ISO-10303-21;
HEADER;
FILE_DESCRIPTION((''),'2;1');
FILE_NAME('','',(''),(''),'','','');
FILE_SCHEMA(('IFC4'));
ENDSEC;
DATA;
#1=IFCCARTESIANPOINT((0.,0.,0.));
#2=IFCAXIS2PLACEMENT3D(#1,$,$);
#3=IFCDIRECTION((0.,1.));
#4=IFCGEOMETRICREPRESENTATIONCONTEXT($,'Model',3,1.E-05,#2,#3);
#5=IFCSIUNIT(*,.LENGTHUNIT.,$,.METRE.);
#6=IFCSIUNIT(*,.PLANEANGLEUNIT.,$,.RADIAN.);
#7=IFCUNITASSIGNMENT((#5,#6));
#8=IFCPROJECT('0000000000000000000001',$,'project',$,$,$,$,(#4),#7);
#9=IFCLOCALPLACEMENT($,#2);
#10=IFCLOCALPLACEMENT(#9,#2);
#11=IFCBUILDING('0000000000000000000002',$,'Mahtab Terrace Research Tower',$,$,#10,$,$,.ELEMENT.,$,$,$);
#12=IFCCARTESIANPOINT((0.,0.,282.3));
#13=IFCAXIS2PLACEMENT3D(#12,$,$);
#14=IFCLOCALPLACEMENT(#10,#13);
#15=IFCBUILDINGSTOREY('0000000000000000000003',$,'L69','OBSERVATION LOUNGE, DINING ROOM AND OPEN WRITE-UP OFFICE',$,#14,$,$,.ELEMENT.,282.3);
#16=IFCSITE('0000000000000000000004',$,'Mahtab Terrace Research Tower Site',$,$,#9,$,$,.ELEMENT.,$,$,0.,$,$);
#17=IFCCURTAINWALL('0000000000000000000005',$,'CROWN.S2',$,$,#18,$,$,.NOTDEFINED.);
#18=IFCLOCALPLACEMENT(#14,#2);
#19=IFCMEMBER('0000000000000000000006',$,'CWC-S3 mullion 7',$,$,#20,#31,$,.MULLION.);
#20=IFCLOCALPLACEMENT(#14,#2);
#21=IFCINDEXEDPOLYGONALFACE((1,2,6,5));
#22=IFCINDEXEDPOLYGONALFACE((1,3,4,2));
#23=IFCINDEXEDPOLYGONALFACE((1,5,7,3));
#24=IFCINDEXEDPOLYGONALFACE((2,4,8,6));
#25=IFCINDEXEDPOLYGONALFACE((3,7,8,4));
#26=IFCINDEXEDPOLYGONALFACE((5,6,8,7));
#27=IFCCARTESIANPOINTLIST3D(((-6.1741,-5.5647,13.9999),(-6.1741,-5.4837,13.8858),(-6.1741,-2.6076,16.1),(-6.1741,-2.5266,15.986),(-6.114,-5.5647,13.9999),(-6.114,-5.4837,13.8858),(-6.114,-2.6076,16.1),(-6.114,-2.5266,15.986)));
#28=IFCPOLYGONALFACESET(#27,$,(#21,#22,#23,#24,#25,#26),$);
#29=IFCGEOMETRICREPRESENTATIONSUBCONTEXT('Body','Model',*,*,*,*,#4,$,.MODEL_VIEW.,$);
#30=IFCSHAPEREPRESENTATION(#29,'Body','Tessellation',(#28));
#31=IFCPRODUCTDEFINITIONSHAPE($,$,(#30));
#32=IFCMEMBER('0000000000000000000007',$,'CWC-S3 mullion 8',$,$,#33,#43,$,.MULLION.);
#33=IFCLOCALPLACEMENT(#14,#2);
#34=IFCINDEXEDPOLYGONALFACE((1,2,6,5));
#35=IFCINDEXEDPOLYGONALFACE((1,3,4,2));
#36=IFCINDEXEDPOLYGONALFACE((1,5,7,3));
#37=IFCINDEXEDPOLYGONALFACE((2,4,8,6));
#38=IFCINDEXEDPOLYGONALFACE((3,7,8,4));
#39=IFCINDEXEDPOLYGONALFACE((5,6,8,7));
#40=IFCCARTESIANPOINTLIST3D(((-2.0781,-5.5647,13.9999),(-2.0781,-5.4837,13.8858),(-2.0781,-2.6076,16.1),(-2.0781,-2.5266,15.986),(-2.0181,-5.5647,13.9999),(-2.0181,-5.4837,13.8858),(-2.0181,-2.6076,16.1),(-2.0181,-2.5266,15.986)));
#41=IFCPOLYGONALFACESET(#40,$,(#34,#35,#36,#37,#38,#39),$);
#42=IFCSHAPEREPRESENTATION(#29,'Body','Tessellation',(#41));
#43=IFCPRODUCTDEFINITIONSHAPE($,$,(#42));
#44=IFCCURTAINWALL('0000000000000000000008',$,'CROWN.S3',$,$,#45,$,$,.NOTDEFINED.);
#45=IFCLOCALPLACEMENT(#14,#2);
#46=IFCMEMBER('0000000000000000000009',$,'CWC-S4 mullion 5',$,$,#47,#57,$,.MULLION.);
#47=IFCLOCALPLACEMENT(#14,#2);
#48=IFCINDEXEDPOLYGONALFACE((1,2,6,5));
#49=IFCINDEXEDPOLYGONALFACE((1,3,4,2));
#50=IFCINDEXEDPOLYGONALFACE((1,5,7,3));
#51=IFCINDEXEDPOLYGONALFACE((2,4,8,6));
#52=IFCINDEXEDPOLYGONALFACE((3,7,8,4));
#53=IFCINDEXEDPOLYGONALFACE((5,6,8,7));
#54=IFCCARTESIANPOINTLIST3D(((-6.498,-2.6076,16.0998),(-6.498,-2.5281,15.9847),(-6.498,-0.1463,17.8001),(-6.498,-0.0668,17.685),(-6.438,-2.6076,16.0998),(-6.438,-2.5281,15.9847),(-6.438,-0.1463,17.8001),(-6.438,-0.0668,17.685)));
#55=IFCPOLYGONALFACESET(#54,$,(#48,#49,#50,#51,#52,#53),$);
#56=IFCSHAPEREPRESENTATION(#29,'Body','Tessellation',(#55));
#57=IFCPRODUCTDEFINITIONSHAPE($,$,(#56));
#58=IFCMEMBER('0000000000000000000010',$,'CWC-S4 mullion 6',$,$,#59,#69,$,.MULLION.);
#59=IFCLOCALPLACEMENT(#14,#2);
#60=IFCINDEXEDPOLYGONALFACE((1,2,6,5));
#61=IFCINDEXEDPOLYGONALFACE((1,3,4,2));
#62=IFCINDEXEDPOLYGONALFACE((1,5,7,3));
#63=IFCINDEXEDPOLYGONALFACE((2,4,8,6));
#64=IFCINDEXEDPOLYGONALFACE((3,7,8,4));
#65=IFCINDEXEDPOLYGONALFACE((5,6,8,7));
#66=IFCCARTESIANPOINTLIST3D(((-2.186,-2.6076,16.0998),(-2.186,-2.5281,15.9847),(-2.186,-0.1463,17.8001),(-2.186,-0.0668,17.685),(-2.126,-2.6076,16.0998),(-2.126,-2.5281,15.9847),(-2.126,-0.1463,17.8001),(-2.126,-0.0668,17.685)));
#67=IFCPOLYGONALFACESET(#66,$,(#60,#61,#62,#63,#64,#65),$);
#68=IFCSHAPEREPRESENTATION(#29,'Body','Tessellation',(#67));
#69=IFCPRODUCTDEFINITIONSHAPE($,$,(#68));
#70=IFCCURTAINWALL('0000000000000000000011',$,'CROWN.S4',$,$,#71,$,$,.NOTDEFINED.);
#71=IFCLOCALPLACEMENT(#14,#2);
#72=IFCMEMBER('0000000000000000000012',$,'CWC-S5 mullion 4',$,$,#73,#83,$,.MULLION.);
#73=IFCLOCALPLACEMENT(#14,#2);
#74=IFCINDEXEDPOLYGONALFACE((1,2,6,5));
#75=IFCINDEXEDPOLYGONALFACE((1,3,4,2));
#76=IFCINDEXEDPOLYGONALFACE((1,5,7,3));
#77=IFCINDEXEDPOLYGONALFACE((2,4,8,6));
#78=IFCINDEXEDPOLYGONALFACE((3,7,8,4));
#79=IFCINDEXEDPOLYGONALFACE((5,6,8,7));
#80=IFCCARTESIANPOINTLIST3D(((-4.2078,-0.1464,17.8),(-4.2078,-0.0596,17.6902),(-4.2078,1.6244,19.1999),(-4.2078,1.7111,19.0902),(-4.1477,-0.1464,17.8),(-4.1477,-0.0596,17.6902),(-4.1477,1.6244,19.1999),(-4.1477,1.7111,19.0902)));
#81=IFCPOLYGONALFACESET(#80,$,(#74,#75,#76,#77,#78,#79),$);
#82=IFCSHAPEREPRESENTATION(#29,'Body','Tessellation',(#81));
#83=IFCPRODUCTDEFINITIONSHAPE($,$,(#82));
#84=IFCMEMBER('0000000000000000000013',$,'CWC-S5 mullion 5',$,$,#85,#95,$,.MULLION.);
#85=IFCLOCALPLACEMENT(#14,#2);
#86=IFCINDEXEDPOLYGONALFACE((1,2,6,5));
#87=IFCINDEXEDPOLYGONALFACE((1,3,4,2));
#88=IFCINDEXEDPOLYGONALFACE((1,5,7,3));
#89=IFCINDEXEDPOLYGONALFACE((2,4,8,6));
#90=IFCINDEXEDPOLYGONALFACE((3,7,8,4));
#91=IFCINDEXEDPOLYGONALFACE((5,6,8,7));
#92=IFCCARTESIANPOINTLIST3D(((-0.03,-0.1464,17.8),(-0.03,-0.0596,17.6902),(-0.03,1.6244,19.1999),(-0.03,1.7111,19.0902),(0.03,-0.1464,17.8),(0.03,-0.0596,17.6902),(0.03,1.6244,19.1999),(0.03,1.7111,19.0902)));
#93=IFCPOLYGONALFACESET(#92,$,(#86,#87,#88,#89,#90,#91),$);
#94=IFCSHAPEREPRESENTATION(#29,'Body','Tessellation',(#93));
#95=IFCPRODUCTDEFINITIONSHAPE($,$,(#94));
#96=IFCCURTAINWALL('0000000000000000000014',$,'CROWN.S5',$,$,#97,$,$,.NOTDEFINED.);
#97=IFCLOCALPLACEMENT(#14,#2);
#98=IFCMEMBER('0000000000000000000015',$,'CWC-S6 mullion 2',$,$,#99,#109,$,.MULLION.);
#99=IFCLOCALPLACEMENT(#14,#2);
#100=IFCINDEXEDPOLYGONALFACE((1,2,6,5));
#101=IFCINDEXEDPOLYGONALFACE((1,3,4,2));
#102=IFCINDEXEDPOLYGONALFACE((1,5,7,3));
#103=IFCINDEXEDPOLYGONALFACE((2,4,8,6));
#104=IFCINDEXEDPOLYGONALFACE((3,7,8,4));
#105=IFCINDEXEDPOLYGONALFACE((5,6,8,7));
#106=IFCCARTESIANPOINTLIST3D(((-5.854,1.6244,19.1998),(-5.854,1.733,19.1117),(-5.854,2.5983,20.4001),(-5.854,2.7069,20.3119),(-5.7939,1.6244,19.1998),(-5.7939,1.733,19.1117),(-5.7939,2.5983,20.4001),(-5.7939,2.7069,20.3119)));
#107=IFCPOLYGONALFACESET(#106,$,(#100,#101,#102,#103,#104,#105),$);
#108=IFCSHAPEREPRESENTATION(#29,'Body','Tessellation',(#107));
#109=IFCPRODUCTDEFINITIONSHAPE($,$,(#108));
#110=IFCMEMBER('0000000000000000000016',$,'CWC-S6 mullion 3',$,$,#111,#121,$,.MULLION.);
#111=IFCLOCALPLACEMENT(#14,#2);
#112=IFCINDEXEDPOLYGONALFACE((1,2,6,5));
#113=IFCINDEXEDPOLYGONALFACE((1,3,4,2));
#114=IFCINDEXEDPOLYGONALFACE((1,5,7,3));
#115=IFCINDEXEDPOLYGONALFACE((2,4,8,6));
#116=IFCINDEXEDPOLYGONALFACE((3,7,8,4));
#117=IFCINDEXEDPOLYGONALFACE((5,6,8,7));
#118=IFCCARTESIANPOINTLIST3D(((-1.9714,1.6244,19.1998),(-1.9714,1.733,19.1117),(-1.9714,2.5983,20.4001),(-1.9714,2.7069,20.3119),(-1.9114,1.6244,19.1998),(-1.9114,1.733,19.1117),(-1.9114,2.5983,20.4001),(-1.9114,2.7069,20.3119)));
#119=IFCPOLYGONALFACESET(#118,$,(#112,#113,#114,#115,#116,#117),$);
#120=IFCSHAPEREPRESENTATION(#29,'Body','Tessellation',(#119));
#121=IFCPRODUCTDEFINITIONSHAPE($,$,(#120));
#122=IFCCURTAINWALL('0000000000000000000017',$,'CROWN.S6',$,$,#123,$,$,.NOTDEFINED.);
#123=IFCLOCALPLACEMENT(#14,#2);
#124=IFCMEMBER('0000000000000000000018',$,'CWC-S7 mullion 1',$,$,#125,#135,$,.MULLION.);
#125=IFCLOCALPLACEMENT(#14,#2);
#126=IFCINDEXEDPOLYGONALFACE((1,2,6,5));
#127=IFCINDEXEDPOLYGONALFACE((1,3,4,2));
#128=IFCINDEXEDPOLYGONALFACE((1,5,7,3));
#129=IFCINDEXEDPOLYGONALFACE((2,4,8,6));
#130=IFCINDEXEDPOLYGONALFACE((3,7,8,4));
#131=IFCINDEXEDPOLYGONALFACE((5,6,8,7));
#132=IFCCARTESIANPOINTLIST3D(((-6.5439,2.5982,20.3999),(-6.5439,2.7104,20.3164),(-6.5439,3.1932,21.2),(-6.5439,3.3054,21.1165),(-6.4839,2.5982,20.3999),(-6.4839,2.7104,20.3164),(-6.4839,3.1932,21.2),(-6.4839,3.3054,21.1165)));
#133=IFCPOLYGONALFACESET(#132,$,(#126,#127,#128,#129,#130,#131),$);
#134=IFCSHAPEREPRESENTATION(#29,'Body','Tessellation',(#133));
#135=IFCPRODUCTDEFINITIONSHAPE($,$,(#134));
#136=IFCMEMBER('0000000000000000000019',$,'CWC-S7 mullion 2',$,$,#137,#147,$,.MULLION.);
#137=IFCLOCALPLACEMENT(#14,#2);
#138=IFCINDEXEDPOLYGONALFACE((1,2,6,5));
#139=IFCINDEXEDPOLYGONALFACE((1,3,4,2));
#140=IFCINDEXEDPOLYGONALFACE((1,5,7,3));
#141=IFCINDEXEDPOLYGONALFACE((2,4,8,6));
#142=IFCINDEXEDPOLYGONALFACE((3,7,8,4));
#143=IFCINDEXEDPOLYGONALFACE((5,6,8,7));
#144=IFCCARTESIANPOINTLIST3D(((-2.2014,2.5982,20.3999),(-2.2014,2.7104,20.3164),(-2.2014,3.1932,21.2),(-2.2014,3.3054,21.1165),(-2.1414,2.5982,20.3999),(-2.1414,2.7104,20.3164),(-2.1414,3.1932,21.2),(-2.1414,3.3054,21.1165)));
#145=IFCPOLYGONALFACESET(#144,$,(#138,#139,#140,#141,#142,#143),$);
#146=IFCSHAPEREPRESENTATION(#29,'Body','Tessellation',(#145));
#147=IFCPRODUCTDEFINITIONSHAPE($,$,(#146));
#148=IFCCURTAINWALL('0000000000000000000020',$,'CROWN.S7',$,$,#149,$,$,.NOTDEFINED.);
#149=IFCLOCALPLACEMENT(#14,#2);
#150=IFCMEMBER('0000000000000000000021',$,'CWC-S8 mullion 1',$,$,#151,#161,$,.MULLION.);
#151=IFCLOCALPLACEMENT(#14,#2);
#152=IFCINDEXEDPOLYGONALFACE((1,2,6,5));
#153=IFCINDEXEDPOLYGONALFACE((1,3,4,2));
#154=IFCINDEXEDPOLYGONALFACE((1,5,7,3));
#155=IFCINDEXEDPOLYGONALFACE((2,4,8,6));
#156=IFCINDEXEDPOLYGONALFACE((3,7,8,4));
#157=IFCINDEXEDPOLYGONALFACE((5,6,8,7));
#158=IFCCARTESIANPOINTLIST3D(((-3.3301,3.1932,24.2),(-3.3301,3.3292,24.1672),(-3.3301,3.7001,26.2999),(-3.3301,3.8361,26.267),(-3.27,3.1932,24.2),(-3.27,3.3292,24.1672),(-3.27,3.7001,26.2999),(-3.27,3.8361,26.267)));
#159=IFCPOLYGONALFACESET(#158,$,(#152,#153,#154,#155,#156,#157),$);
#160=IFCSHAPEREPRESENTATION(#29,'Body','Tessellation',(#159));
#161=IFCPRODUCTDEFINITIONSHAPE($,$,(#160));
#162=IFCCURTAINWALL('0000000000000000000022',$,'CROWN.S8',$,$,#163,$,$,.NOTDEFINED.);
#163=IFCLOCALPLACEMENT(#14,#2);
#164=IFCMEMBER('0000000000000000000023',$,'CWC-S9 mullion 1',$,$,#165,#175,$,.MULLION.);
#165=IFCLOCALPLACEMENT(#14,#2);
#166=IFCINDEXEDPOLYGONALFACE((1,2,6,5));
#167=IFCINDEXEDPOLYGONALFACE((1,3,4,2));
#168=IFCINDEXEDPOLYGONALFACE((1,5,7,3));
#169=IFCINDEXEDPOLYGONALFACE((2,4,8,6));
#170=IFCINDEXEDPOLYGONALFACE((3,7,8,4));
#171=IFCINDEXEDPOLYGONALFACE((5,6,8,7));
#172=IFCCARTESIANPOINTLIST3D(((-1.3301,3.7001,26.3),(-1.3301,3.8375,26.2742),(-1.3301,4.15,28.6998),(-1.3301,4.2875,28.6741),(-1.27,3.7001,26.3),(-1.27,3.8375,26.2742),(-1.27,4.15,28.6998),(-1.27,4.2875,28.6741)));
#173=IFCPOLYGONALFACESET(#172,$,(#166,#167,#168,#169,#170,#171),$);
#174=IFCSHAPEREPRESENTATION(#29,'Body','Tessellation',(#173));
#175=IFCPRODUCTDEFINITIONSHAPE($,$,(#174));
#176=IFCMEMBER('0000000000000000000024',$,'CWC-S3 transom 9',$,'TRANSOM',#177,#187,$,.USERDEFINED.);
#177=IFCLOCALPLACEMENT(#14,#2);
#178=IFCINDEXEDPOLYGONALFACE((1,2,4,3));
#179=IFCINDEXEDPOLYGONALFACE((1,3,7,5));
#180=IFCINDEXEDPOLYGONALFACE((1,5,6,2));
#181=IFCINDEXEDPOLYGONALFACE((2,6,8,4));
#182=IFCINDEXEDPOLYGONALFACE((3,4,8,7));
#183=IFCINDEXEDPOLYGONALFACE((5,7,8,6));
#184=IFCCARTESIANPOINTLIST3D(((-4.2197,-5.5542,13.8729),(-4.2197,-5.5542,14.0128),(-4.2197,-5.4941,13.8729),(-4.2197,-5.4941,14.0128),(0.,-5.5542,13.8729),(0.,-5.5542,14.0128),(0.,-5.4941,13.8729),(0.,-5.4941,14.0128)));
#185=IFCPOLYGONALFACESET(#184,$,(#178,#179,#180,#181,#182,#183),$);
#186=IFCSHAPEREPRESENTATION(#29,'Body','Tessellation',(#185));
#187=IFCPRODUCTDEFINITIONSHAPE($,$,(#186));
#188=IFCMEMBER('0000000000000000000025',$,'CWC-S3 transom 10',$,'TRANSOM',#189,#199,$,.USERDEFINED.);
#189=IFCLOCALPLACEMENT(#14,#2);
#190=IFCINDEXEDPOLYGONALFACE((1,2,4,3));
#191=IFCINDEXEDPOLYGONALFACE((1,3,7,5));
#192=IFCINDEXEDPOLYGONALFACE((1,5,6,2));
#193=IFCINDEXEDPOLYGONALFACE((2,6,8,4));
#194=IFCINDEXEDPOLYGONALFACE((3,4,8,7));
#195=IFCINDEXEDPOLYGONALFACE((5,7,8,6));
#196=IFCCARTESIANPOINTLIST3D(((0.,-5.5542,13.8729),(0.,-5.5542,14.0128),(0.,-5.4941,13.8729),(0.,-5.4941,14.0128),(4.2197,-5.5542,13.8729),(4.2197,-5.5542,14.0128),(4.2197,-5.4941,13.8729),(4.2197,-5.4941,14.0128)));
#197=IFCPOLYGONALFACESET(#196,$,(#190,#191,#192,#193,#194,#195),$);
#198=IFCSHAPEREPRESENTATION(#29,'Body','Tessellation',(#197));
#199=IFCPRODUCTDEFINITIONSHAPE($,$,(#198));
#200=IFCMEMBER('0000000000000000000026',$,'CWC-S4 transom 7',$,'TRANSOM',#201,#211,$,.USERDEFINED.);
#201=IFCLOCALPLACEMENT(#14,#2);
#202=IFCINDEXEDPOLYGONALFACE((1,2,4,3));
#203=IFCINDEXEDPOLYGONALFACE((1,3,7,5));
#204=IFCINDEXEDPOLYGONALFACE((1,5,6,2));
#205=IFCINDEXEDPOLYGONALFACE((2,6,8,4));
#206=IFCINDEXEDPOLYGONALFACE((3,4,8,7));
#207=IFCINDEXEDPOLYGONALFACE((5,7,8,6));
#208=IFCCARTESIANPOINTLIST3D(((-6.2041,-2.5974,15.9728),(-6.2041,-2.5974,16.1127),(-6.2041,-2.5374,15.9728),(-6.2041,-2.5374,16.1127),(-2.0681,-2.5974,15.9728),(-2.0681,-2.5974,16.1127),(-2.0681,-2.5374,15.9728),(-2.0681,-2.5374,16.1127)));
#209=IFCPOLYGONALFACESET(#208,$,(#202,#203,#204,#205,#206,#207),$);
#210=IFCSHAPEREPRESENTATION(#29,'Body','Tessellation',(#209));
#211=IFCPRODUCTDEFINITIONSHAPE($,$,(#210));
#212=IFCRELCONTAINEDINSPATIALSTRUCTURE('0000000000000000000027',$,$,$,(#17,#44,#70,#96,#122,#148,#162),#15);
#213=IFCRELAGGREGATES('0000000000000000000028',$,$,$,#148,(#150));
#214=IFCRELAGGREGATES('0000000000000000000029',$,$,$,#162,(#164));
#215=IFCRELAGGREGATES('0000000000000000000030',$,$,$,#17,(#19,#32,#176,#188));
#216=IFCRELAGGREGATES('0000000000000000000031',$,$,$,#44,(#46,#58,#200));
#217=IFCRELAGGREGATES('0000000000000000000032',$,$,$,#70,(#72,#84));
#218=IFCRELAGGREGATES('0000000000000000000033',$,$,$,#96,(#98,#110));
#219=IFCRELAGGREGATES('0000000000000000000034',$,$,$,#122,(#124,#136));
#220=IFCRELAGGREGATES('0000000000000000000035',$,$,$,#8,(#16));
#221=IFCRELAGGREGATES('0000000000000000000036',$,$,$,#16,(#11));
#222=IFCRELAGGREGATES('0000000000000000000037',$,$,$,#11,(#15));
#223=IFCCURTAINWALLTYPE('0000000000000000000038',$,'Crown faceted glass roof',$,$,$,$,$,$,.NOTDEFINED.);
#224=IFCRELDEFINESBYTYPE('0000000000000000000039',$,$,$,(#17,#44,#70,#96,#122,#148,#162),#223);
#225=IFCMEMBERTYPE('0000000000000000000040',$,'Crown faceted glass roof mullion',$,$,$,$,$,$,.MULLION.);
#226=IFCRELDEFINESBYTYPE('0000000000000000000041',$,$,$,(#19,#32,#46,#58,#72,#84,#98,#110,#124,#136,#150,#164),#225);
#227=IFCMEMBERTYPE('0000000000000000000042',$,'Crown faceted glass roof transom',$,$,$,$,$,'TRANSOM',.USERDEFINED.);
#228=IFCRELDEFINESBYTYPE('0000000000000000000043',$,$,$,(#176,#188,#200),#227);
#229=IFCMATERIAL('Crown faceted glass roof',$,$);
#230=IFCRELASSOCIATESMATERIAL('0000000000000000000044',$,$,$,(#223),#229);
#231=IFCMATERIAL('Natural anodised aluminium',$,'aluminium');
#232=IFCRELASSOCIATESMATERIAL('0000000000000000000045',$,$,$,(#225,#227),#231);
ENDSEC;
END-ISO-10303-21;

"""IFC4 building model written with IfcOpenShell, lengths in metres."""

from ifc_helpers import new_model, si_unit, direction, frame, origin, origin_2d, place, context, subcontext, project, spatial, rectangle, extrude, material, material_profile, profile_set, type_object, element, aggregate, save


model = new_model("IFC4")

# Units and contexts
model_context = context("Model", 3, precision=1e-05, world=origin(), true_north=direction((0.0, 1.0)))
body_context = subcontext(model_context, "Body", "Model", "MODEL_VIEW")
ifc_project = project(units=[si_unit("LENGTHUNIT", "METRE"), si_unit("PLANEANGLEUNIT", "RADIAN")], contexts=[model_context])

# Site, building, storey
site_placement = place(None, origin())
site = spatial("IfcSite", under=ifc_project, at=site_placement, Name="Mahtab Terrace Research Tower Site", CompositionType="ELEMENT", RefElevation=0.0)
building_placement = place(site_placement, origin())
building = spatial("IfcBuilding", under=site, at=building_placement, Name="Mahtab Terrace Research Tower", CompositionType="ELEMENT")
storey_placement = place(building_placement, frame((0.0, 0.0, 282.3)))
storey = spatial("IfcBuildingStorey", under=building, at=storey_placement, Name="L69", Description="OBSERVATION LOUNGE, DINING ROOM AND OPEN WRITE-UP OFFICE", CompositionType="ELEMENT", Elevation=282.3)

# Curtain walls, members
ifc_material_1 = material(Name="Crown faceted glass roof")
curtain_wall_type = type_object("IfcCurtainWallType", Name="Crown faceted glass roof", PredefinedType="NOTDEFINED", material=ifc_material_1)
curtain_wall_1_placement = place(storey_placement, origin())
curtain_wall_1 = element("IfcCurtainWall", 1, at=curtain_wall_1_placement, inside=storey, type_object=curtain_wall_type, Name="CROWN.S2", PredefinedType="NOTDEFINED")
ifc_material_2 = material(Name="Natural anodised aluminium", Category="aluminium")
ifc_material_profile_1 = material_profile(ifc_material_2, rectangle(XDim=0.0601, YDim=0.1399, at=origin_2d()), Name="MULLION 60x140")
ifc_profile_set_1 = profile_set([ifc_material_profile_1], Name="Natural anodised aluminium")
member_type_1 = type_object("IfcMemberType", Name="Crown faceted glass roof mullion", PredefinedType="MULLION", material=ifc_profile_set_1)
member_1_placement = place(storey_placement, frame((-6.144, -5.5242, 13.9429), z_axis=(0.0, 0.815304, 0.579033), x_axis=(-1.0, 0.0, 0.0)))
member_1 = element("IfcMember", 2, at=member_1_placement, type_object=member_type_1, Name="CWC-S3 mullion 7", PredefinedType="MULLION", context=body_context, shape_type="SweptSolid", body=[
    extrude(rectangle(XDim=0.0601, YDim=0.1399, at=origin_2d()), origin(), (0.0, 0.0, 1.0), 3.627),
])
member_2_placement = place(storey_placement, frame((-2.0481, -5.5242, 13.9429), z_axis=(0.0, 0.815304, 0.579033), x_axis=(-1.0, 0.0, 0.0)))
member_2 = element("IfcMember", 3, at=member_2_placement, type_object=member_type_1, Name="CWC-S3 mullion 8", PredefinedType="MULLION", context=body_context, shape_type="SweptSolid", body=[
    extrude(rectangle(XDim=0.0601, YDim=0.1399, at=origin_2d()), origin(), (0.0, 0.0, 1.0), 3.627),
])
curtain_wall_2_placement = place(storey_placement, origin())
curtain_wall_2 = element("IfcCurtainWall", 4, at=curtain_wall_2_placement, inside=storey, type_object=curtain_wall_type, Name="CROWN.S3", PredefinedType="NOTDEFINED")
member_3_placement = place(storey_placement, frame((-6.468, -2.5679, 16.0422), z_axis=(0.0, 0.822771, 0.568374), x_axis=(-1.0, 0.0, 0.0)))
member_3 = element("IfcMember", 5, at=member_3_placement, type_object=member_type_1, Name="CWC-S4 mullion 5", PredefinedType="MULLION", context=body_context, shape_type="SweptSolid", body=[
    extrude(rectangle(XDim=0.0601, YDim=0.1399, at=origin_2d()), origin(), (0.0, 0.0, 1.0), 2.9915),
])
member_4_placement = place(storey_placement, frame((-2.156, -2.5679, 16.0422), z_axis=(0.0, 0.822771, 0.568374), x_axis=(-1.0, 0.0, 0.0)))
member_4 = element("IfcMember", 6, at=member_4_placement, type_object=member_type_1, Name="CWC-S4 mullion 6", PredefinedType="MULLION", context=body_context, shape_type="SweptSolid", body=[
    extrude(rectangle(XDim=0.0601, YDim=0.1399, at=origin_2d()), origin(), (0.0, 0.0, 1.0), 2.9915),
])
curtain_wall_3_placement = place(storey_placement, origin())
curtain_wall_3 = element("IfcCurtainWall", 7, at=curtain_wall_3_placement, inside=storey, type_object=curtain_wall_type, Name="CROWN.S4", PredefinedType="NOTDEFINED")
member_5_placement = place(storey_placement, frame((-4.1777, -0.103, 17.7451), z_axis=(0.0, 0.784465, 0.620174), x_axis=(-1.0, 0.0, 0.0)))
member_5 = element("IfcMember", 8, at=member_5_placement, type_object=member_type_1, Name="CWC-S5 mullion 4", PredefinedType="MULLION", context=body_context, shape_type="SweptSolid", body=[
    extrude(rectangle(XDim=0.0601, YDim=0.1399, at=origin_2d()), origin(), (0.0, 0.0, 1.0), 2.2573),
])
member_6_placement = place(storey_placement, frame((0.0, -0.103, 17.7451), z_axis=(0.0, 0.784465, 0.620174), x_axis=(-1.0, 0.0, 0.0)))
member_6 = element("IfcMember", 9, at=member_6_placement, type_object=member_type_1, Name="CWC-S5 mullion 5", PredefinedType="MULLION", context=body_context, shape_type="SweptSolid", body=[
    extrude(rectangle(XDim=0.0601, YDim=0.1399, at=origin_2d()), origin(), (0.0, 0.0, 1.0), 2.2573),
])
curtain_wall_4_placement = place(storey_placement, origin())
curtain_wall_4 = element("IfcCurtainWall", 10, at=curtain_wall_4_placement, inside=storey, type_object=curtain_wall_type, Name="CROWN.S5", PredefinedType="NOTDEFINED")
member_7_placement = place(storey_placement, frame((-5.824, 1.6787, 19.1558), z_axis=(0.0, 0.630093, 0.77652), x_axis=(-1.0, 0.0, 0.0)))
member_7 = element("IfcMember", 11, at=member_7_placement, type_object=member_type_1, Name="CWC-S6 mullion 2", PredefinedType="MULLION", context=body_context, shape_type="SweptSolid", body=[
    extrude(rectangle(XDim=0.0601, YDim=0.1399, at=origin_2d()), origin(), (0.0, 0.0, 1.0), 1.5457),
])
member_8_placement = place(storey_placement, frame((-1.9414, 1.6787, 19.1558), z_axis=(0.0, 0.630093, 0.77652), x_axis=(-1.0, 0.0, 0.0)))
member_8 = element("IfcMember", 12, at=member_8_placement, type_object=member_type_1, Name="CWC-S6 mullion 3", PredefinedType="MULLION", context=body_context, shape_type="SweptSolid", body=[
    extrude(rectangle(XDim=0.0601, YDim=0.1399, at=origin_2d()), origin(), (0.0, 0.0, 1.0), 1.5457),
])
curtain_wall_5_placement = place(storey_placement, origin())
curtain_wall_5 = element("IfcCurtainWall", 13, at=curtain_wall_5_placement, inside=storey, type_object=curtain_wall_type, Name="CROWN.S6", PredefinedType="NOTDEFINED")
member_9_placement = place(storey_placement, frame((-6.5139, 2.6543, 20.3582), z_axis=(0.0, 0.596743, 0.802432), x_axis=(-1.0, 0.0, 0.0)))
member_9 = element("IfcMember", 14, at=member_9_placement, type_object=member_type_1, Name="CWC-S7 mullion 1", PredefinedType="MULLION", context=body_context, shape_type="SweptSolid", body=[
    extrude(rectangle(XDim=0.0601, YDim=0.1399, at=origin_2d()), origin(), (0.0, 0.0, 1.0), 0.9971),
])
member_10_placement = place(storey_placement, frame((-2.1714, 2.6543, 20.3582), z_axis=(0.0, 0.596743, 0.802432), x_axis=(-1.0, 0.0, 0.0)))
member_10 = element("IfcMember", 15, at=member_10_placement, type_object=member_type_1, Name="CWC-S7 mullion 2", PredefinedType="MULLION", context=body_context, shape_type="SweptSolid", body=[
    extrude(rectangle(XDim=0.0601, YDim=0.1399, at=origin_2d()), origin(), (0.0, 0.0, 1.0), 0.9971),
])

# Curtain walls, members
curtain_wall_6_placement = place(storey_placement, origin())
curtain_wall_6 = element("IfcCurtainWall", 16, at=curtain_wall_6_placement, inside=storey, type_object=curtain_wall_type, Name="CROWN.S7", PredefinedType="NOTDEFINED")
member_11_placement = place(storey_placement, frame((-3.3, 3.2612, 24.1836), z_axis=(0.0, 0.234629, 0.972085), x_axis=(-1.0, 0.0, 0.0)))
member_11 = element("IfcMember", 17, at=member_11_placement, type_object=member_type_1, Name="CWC-S8 mullion 1", PredefinedType="MULLION", context=body_context, shape_type="SweptSolid", body=[
    extrude(rectangle(XDim=0.0601, YDim=0.1399, at=origin_2d()), origin(), (0.0, 0.0, 1.0), 2.1602),
])
aggregate(curtain_wall_6, [member_11])
curtain_wall_7_placement = place(storey_placement, origin())
curtain_wall_7 = element("IfcCurtainWall", 18, at=curtain_wall_7_placement, inside=storey, type_object=curtain_wall_type, Name="CROWN.S8", PredefinedType="NOTDEFINED")
member_12_placement = place(storey_placement, frame((-1.3, 3.7688, 26.2871), z_axis=(0.0, 0.184276, 0.982874), x_axis=(-1.0, 0.0, 0.0)))
member_12 = element("IfcMember", 19, at=member_12_placement, type_object=member_type_1, Name="CWC-S9 mullion 1", PredefinedType="MULLION", context=body_context, shape_type="SweptSolid", body=[
    extrude(rectangle(XDim=0.0601, YDim=0.1399, at=origin_2d()), origin(), (0.0, 0.0, 1.0), 2.4417),
])
aggregate(curtain_wall_7, [member_12])

# Members
ifc_material_profile_2 = material_profile(ifc_material_2, rectangle(XDim=0.0601, YDim=0.1399, at=origin_2d()), Name="TRANSOM 60x140")
ifc_profile_set_2 = profile_set([ifc_material_profile_2], Name="Natural anodised aluminium")
member_type_2 = type_object("IfcMemberType", Name="Crown faceted glass roof transom", ElementType="TRANSOM", PredefinedType="USERDEFINED", material=ifc_profile_set_2)
member_13_placement = place(storey_placement, frame((-4.2197, -5.5242, 13.9429), z_axis=(1.0, 0.0, 0.0), x_axis=(0.0, 1.0, 0.0)))
member_13 = element("IfcMember", 20, at=member_13_placement, type_object=member_type_2, Name="CWC-S3 transom 9", ObjectType="TRANSOM", PredefinedType="USERDEFINED", context=body_context, shape_type="SweptSolid", body=[
    extrude(rectangle(XDim=0.0601, YDim=0.1399, at=origin_2d()), origin(), (0.0, 0.0, 1.0), 4.2197),
])
member_14_placement = place(storey_placement, frame((0.0, -5.5242, 13.9429), z_axis=(1.0, 0.0, 0.0), x_axis=(0.0, 1.0, 0.0)))
member_14 = element("IfcMember", 21, at=member_14_placement, type_object=member_type_2, Name="CWC-S3 transom 10", ObjectType="TRANSOM", PredefinedType="USERDEFINED", context=body_context, shape_type="SweptSolid", body=[
    extrude(rectangle(XDim=0.0601, YDim=0.1399, at=origin_2d()), origin(), (0.0, 0.0, 1.0), 4.2197),
])
member_15_placement = place(storey_placement, frame((-6.2041, -2.5674, 16.0427), z_axis=(1.0, 0.0, 0.0), x_axis=(0.0, 1.0, 0.0)))
member_15 = element("IfcMember", 22, at=member_15_placement, type_object=member_type_2, Name="CWC-S4 transom 7", ObjectType="TRANSOM", PredefinedType="USERDEFINED", context=body_context, shape_type="SweptSolid", body=[
    extrude(rectangle(XDim=0.0601, YDim=0.1399, at=origin_2d()), origin(), (0.0, 0.0, 1.0), 4.136),
])

aggregate(curtain_wall_1, [member_1, member_2, member_13, member_14])
aggregate(curtain_wall_2, [member_3, member_4, member_15])
aggregate(curtain_wall_3, [member_5, member_6])
aggregate(curtain_wall_4, [member_7, member_8])
aggregate(curtain_wall_5, [member_9, member_10])

save(model, "model.ifc")
